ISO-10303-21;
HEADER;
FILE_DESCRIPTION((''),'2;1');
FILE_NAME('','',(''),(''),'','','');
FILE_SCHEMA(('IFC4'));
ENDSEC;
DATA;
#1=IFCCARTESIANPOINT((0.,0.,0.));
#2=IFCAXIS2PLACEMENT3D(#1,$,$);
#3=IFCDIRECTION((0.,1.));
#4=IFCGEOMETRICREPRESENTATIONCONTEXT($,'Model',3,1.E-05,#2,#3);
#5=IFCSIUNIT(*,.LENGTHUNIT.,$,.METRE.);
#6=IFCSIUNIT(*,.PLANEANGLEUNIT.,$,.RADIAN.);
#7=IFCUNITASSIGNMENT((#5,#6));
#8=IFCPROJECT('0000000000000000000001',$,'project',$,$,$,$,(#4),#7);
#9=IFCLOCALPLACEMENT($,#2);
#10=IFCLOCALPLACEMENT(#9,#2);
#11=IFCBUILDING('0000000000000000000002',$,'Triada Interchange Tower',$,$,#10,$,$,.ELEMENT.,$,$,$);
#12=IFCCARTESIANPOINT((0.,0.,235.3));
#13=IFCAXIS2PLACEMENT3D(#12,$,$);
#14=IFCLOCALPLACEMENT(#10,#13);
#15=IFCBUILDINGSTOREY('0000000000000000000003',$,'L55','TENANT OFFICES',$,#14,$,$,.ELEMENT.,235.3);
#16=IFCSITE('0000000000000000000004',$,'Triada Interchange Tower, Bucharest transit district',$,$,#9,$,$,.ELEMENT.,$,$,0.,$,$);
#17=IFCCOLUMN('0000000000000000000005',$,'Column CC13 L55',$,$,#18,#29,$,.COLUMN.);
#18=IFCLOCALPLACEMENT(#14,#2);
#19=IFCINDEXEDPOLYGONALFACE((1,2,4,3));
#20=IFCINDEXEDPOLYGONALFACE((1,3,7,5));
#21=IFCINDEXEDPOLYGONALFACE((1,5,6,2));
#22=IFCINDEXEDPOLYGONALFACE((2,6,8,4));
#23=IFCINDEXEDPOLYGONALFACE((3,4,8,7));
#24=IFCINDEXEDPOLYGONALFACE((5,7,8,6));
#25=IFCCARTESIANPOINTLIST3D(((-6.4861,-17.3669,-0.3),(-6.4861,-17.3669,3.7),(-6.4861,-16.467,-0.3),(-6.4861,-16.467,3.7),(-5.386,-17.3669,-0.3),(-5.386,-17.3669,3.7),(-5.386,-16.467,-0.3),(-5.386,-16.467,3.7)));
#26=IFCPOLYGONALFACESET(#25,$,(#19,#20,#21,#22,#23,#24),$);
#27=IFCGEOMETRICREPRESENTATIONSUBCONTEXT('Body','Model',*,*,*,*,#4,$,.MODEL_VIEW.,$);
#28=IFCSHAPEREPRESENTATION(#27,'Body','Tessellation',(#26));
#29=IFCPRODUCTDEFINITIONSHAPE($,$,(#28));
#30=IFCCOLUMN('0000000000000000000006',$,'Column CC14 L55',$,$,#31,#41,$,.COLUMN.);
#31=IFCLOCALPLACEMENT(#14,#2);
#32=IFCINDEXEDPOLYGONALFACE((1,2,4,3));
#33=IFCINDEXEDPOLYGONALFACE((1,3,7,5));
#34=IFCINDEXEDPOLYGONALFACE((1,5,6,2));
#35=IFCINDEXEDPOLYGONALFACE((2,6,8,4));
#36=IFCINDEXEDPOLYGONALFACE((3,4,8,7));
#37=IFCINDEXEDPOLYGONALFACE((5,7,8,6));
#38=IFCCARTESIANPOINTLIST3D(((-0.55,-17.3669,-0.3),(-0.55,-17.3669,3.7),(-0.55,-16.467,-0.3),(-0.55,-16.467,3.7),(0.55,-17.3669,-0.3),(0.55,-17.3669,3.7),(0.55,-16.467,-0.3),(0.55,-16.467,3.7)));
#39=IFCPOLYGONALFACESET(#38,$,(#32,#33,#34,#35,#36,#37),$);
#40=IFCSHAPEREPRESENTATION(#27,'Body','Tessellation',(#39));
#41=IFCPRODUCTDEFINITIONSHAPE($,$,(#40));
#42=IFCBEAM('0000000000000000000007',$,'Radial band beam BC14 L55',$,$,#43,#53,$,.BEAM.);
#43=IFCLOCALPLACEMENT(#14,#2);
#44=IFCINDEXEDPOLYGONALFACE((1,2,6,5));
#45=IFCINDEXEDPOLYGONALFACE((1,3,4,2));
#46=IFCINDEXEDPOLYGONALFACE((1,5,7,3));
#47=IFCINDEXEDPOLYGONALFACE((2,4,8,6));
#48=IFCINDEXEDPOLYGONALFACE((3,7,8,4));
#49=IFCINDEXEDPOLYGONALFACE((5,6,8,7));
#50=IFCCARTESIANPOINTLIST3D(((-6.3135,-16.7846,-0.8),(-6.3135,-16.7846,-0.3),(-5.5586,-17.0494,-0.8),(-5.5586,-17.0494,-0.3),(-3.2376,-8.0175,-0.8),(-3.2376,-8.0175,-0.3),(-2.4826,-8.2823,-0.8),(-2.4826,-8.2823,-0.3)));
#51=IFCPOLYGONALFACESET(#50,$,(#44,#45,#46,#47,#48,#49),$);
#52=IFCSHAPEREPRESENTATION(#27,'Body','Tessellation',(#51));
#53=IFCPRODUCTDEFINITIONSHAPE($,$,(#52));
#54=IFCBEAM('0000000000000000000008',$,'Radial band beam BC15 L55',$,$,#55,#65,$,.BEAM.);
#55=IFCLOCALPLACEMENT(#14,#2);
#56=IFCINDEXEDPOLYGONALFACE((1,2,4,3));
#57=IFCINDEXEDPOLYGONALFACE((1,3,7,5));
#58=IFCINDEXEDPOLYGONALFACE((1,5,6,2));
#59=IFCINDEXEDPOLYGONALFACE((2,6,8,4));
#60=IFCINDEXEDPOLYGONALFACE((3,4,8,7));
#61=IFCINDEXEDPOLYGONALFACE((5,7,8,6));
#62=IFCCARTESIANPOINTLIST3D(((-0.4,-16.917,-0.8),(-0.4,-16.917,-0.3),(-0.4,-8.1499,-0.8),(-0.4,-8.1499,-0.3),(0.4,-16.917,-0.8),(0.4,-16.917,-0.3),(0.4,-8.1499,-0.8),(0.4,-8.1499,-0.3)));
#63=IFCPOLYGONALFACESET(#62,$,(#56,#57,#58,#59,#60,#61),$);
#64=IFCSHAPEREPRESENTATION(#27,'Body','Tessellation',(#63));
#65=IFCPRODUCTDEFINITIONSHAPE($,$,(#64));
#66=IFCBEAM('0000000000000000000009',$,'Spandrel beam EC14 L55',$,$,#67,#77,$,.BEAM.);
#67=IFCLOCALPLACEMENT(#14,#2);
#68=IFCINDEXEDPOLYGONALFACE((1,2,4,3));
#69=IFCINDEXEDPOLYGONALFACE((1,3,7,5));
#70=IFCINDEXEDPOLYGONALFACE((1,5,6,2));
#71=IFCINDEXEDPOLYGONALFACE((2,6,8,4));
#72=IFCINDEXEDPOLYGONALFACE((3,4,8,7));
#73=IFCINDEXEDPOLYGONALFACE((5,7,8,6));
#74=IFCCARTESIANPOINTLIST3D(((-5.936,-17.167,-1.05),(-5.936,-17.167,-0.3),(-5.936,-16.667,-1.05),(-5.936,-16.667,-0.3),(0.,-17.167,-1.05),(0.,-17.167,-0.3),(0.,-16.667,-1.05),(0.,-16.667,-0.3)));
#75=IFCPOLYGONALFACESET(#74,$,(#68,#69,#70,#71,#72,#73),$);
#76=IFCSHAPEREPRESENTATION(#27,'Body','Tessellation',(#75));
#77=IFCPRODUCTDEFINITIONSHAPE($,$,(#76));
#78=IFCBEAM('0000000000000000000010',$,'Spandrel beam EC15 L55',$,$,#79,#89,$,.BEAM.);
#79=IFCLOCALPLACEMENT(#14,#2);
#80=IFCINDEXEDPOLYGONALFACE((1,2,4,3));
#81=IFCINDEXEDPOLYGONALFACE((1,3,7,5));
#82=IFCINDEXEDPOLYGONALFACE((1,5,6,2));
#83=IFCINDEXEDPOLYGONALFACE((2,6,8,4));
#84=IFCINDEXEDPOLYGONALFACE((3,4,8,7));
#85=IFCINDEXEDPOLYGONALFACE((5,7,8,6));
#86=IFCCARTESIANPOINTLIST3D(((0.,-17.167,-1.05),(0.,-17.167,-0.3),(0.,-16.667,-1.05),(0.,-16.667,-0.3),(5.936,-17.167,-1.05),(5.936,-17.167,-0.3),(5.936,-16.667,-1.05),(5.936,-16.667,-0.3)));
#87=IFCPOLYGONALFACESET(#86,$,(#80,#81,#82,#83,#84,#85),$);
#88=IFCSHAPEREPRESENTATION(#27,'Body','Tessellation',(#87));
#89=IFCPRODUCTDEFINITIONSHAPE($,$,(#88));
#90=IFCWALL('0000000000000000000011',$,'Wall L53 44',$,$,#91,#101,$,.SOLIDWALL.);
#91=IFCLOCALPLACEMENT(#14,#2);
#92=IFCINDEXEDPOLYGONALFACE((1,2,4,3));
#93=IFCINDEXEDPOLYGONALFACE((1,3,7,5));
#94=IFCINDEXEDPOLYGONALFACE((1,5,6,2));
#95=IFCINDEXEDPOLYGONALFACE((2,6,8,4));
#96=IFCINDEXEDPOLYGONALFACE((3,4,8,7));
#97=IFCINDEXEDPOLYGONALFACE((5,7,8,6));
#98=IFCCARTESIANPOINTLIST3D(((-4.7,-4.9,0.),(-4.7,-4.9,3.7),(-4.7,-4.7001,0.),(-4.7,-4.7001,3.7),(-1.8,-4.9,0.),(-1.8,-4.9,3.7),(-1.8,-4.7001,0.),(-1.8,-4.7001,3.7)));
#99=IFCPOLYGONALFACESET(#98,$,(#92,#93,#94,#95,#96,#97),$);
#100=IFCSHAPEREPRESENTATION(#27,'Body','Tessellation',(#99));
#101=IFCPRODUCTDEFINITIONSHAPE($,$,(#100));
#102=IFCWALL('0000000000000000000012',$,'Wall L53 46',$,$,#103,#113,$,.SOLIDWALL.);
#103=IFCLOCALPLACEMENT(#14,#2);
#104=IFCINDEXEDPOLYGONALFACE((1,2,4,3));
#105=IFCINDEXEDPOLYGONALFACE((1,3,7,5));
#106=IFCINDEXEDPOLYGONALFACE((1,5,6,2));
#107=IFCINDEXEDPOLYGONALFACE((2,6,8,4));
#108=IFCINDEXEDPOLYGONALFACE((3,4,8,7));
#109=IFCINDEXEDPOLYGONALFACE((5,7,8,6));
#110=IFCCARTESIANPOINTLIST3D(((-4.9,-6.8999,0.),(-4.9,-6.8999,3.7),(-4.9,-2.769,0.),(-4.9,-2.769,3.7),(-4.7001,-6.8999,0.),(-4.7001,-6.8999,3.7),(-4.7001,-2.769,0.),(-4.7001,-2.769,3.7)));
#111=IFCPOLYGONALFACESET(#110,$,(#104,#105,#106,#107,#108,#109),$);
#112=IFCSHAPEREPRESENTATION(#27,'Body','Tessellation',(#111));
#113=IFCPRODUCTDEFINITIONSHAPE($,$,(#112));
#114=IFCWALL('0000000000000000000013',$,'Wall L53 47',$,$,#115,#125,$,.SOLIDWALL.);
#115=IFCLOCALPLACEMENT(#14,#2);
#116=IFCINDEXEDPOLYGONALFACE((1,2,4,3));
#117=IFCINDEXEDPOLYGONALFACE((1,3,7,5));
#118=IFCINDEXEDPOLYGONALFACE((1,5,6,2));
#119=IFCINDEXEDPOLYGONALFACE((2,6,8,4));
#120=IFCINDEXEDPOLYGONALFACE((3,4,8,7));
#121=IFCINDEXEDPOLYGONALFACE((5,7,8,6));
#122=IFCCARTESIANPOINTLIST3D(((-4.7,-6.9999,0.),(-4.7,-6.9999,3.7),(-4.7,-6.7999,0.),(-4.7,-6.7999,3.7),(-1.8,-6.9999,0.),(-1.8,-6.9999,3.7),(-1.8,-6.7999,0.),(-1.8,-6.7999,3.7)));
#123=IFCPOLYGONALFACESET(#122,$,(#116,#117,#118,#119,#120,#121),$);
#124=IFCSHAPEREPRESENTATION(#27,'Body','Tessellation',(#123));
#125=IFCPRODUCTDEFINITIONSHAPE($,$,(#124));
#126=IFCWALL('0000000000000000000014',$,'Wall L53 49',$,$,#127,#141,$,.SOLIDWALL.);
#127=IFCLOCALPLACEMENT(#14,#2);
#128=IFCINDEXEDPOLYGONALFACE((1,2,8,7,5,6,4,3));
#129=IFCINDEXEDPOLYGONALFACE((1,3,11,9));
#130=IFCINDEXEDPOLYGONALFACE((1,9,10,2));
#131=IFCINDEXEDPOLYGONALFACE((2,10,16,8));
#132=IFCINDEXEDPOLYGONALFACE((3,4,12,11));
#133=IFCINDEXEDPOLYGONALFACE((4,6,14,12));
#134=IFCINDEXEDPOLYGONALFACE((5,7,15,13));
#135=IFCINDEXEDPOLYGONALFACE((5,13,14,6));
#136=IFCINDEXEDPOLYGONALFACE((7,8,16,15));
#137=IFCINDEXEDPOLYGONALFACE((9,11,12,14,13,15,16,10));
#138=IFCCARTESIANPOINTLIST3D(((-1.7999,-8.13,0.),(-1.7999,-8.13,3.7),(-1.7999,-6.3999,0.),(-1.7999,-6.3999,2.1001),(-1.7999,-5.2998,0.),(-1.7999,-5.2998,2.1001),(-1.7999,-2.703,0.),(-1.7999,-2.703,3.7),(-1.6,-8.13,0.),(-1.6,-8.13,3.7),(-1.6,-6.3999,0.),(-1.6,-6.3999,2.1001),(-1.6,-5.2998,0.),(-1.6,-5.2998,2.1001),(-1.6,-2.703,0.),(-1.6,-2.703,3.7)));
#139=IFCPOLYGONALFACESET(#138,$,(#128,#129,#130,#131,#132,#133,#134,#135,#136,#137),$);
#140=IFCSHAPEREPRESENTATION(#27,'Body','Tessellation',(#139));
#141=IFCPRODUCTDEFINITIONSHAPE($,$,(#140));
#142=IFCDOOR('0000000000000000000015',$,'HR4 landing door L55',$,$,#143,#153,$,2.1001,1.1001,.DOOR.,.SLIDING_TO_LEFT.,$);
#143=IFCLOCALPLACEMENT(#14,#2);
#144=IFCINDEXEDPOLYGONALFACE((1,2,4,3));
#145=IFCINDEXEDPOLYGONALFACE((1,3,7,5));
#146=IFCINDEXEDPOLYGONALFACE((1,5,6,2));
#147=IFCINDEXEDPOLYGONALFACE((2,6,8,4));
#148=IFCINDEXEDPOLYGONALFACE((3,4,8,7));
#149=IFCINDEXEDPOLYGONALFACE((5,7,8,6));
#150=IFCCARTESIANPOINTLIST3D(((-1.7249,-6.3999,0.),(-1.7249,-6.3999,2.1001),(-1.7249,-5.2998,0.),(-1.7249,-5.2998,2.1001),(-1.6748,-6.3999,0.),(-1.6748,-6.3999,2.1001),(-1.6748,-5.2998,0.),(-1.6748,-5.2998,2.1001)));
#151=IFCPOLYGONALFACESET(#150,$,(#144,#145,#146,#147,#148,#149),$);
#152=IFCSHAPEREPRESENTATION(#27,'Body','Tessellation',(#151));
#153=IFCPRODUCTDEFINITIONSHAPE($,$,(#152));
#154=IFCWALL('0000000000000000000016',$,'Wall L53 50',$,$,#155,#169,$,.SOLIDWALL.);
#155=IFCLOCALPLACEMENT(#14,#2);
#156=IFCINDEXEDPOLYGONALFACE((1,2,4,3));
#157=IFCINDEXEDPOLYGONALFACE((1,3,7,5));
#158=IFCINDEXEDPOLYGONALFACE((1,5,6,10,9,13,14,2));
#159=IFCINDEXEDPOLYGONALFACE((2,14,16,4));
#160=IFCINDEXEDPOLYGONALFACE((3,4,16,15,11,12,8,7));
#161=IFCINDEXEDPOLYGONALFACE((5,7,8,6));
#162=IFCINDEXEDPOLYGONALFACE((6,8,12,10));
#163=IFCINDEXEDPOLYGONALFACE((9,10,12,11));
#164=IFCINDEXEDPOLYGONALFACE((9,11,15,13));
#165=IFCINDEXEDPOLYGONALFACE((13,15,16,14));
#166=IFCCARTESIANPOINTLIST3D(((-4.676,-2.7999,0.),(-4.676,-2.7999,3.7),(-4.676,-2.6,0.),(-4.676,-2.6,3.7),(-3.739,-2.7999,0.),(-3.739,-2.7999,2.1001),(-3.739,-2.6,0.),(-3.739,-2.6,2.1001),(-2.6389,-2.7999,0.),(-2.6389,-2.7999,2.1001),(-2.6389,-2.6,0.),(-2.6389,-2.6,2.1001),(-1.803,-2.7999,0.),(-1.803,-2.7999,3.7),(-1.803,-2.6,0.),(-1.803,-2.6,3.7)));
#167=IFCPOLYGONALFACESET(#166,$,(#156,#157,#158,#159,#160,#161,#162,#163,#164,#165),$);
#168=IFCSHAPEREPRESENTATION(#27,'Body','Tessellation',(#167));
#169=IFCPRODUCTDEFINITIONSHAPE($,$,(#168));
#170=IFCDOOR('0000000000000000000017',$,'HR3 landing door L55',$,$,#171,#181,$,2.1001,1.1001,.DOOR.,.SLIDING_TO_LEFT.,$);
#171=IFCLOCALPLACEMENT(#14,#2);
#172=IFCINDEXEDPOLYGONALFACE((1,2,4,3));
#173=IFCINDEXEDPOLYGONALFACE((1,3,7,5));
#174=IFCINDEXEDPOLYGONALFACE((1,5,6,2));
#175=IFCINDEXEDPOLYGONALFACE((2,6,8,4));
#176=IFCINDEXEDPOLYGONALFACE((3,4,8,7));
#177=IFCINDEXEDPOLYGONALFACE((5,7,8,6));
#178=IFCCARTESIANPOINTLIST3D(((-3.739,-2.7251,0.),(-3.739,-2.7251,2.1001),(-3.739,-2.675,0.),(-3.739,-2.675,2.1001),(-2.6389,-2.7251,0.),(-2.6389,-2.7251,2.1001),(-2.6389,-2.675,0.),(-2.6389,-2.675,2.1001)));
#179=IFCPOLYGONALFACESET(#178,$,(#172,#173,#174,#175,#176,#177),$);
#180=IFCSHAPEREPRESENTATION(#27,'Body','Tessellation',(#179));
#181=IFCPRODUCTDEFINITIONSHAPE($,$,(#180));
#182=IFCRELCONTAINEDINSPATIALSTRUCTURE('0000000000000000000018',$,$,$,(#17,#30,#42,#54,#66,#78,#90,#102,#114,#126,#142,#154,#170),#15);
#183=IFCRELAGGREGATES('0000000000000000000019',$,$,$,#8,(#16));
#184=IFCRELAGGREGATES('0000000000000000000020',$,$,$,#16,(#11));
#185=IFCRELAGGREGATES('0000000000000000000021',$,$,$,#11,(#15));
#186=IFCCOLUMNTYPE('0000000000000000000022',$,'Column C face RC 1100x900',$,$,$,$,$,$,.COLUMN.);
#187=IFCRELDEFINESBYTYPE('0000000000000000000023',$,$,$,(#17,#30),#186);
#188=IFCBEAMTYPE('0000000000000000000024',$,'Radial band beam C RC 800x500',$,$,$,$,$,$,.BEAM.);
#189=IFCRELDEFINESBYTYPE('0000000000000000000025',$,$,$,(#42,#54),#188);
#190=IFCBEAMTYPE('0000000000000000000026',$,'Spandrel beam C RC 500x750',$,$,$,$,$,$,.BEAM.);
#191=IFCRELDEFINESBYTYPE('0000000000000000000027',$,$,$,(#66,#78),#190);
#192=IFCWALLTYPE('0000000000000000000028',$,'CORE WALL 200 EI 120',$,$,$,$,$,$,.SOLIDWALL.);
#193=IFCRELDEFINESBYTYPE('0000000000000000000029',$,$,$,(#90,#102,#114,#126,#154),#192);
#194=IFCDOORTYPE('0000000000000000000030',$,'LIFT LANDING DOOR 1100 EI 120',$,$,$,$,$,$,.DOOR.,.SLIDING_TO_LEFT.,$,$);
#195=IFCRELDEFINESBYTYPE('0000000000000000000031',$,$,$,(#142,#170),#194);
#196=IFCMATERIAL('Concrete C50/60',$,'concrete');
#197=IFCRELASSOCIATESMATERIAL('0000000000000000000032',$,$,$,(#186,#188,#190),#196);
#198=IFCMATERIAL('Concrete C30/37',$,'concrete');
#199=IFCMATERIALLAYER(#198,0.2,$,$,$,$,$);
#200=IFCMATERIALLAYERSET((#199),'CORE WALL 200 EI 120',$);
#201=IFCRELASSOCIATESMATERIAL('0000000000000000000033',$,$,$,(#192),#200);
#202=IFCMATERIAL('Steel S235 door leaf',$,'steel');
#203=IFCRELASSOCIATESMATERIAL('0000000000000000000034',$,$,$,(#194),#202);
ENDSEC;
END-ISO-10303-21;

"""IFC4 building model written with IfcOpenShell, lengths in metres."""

from ifc_helpers import new_model, si_unit, direction, frame, frame_2d, origin, origin_2d, place, context, subcontext, project, spatial, rectangle, extrude, material, layer, layer_set, material_profile, profile_set, type_object, element, fill, save


model = new_model("IFC4")

# Units and contexts
model_context = context("Model", 3, precision=1e-05, world=origin(), true_north=direction((0.0, 1.0)))
body_context = subcontext(model_context, "Body", "Model", "MODEL_VIEW")
ifc_project = project(units=[si_unit("LENGTHUNIT", "METRE"), si_unit("PLANEANGLEUNIT", "RADIAN")], contexts=[model_context])

# Site, building, storey
site_placement = place(None, origin())
site = spatial("IfcSite", under=ifc_project, at=site_placement, Name="Triada Interchange Tower, Bucharest transit district", CompositionType="ELEMENT", RefElevation=0.0)
building_placement = place(site_placement, origin())
building = spatial("IfcBuilding", under=site, at=building_placement, Name="Triada Interchange Tower", CompositionType="ELEMENT")
storey_placement = place(building_placement, frame((0.0, 0.0, 235.3)))
storey = spatial("IfcBuildingStorey", under=building, at=storey_placement, Name="L55", Description="TENANT OFFICES", CompositionType="ELEMENT", Elevation=235.3)

# Columns
ifc_material_1 = material(Name="Concrete C50/60", Category="concrete")
ifc_material_profile_1 = material_profile(ifc_material_1, rectangle(XDim=1.1001, YDim=0.8999, at=origin_2d()), Name="RC 1100x900")
ifc_profile_set_1 = profile_set([ifc_material_profile_1], Name="Concrete C50/60")
column_type = type_object("IfcColumnType", Name="Column C face RC 1100x900", PredefinedType="COLUMN", material=ifc_profile_set_1)
for number, where, z_axis, x_axis, name in (
    (1, (-5.936, -16.917, -0.3), (0.0, 0.0, 1.0), (1.0, 0.0, 0.0), "Column CC13 L55"),
    (2, (0.0, -16.917, -0.3), (0.0, 0.0, 1.0), (1.0, 0.0, 0.0), "Column CC14 L55"),
):
    element("IfcColumn", number, at=place(storey_placement, frame(where, z_axis=z_axis, x_axis=x_axis)), inside=storey, type_object=column_type, Name=name, PredefinedType="COLUMN", context=body_context, shape_type="SweptSolid", body=[
        extrude(rectangle(XDim=1.1001, YDim=0.8999, at=origin_2d()), origin(), (0.0, 0.0, 1.0), 4.0),
    ])

# Beams
ifc_material_profile_2 = material_profile(ifc_material_1, rectangle(XDim=0.8, YDim=0.5, at=origin_2d()), Name="RC 800x500")
ifc_profile_set_2 = profile_set([ifc_material_profile_2], Name="Concrete C50/60")
beam_type_1 = type_object("IfcBeamType", Name="Radial band beam C RC 800x500", PredefinedType="BEAM", material=ifc_profile_set_2)
beam_1_placement = place(storey_placement, frame((-5.936, -16.917, -0.55), z_axis=(0.331064, 0.943608, 0.0), x_axis=(-0.943608, 0.331064, 0.0)))
element("IfcBeam", 3, at=beam_1_placement, inside=storey, type_object=beam_type_1, Name="Radial band beam BC14 L55", PredefinedType="BEAM", context=body_context, shape_type="SweptSolid", body=[
    extrude(rectangle(XDim=0.8, YDim=0.5, at=origin_2d()), origin(), (0.0, 0.0, 1.0), 9.291),
])
beam_2_placement = place(storey_placement, frame((0.0, -16.917, -0.55), z_axis=(0.0, 1.0, 0.0), x_axis=(-1.0, 0.0, 0.0)))
element("IfcBeam", 4, at=beam_2_placement, inside=storey, type_object=beam_type_1, Name="Radial band beam BC15 L55", PredefinedType="BEAM", context=body_context, shape_type="SweptSolid", body=[
    extrude(rectangle(XDim=0.8, YDim=0.5, at=origin_2d()), origin(), (0.0, 0.0, 1.0), 8.7671),
])
ifc_material_profile_3 = material_profile(ifc_material_1, rectangle(XDim=0.5, YDim=0.75, at=origin_2d()), Name="RC 500x750")
ifc_profile_set_3 = profile_set([ifc_material_profile_3], Name="Concrete C50/60")
beam_type_2 = type_object("IfcBeamType", Name="Spandrel beam C RC 500x750", PredefinedType="BEAM", material=ifc_profile_set_3)
for number, where, z_axis, x_axis, name in (
    (5, (-5.936, -16.917, -0.675), (1.0, 0.0, 0.0), (0.0, 1.0, 0.0), "Spandrel beam EC14 L55"),
    (6, (0.0, -16.917, -0.675), (1.0, 0.0, 0.0), (0.0, 1.0, 0.0), "Spandrel beam EC15 L55"),
):
    element("IfcBeam", number, at=place(storey_placement, frame(where, z_axis=z_axis, x_axis=x_axis)), inside=storey, type_object=beam_type_2, Name=name, PredefinedType="BEAM", context=body_context, shape_type="SweptSolid", body=[
        extrude(rectangle(XDim=0.5, YDim=0.75, at=origin_2d()), origin(), (0.0, 0.0, 1.0), 5.936),
    ])

# Walls
ifc_material_2 = material(Name="Concrete C30/37", Category="concrete")
ifc_layer_1 = layer(ifc_material_2, 0.2)
ifc_layer_set_1 = layer_set([ifc_layer_1], Name="CORE WALL 200 EI 120")
wall_type_1 = type_object("IfcWallType", Name="CORE WALL 200 EI 120", PredefinedType="SOLIDWALL", material=ifc_layer_set_1)
wall_1_placement = place(storey_placement, frame((-4.7, -4.8, 0.0), z_axis=(0.0, 0.0, 1.0), x_axis=(1.0, 0.0, 0.0)))
element("IfcWall", 7, at=wall_1_placement, inside=storey, type_object=wall_type_1, Name="Wall L53 44", PredefinedType="SOLIDWALL", context=body_context, shape_type="SweptSolid", body=[
    extrude(rectangle(XDim=2.8999, YDim=0.2, at=frame_2d((1.45, 0.0))), origin(), (0.0, 0.0, 1.0), 3.7),
])
wall_2_placement = place(storey_placement, frame((-4.8, -6.8999, 0.0), z_axis=(0.0, 0.0, 1.0), x_axis=(0.0, 1.0, 0.0)))
element("IfcWall", 8, at=wall_2_placement, inside=storey, type_object=wall_type_1, Name="Wall L53 46", PredefinedType="SOLIDWALL", context=body_context, shape_type="SweptSolid", body=[
    extrude(rectangle(XDim=4.1309, YDim=0.2, at=frame_2d((2.0654, 0.0))), origin(), (0.0, 0.0, 1.0), 3.7),
])
wall_3_placement = place(storey_placement, frame((-4.7, -6.8999, 0.0), z_axis=(0.0, 0.0, 1.0), x_axis=(1.0, 0.0, 0.0)))
element("IfcWall", 9, at=wall_3_placement, inside=storey, type_object=wall_type_1, Name="Wall L53 47", PredefinedType="SOLIDWALL", context=body_context, shape_type="SweptSolid", body=[
    extrude(rectangle(XDim=2.8999, YDim=0.2, at=frame_2d((1.45, 0.0))), origin(), (0.0, 0.0, 1.0), 3.7),
])

# Walls, openings, doors
wall_4_placement = place(storey_placement, frame((-1.7, -8.1299, 0.0), z_axis=(0.0, 0.0, 1.0), x_axis=(0.0, 1.0, 0.0)))
wall_4 = element("IfcWall", 10, at=wall_4_placement, inside=storey, type_object=wall_type_1, Name="Wall L53 49", PredefinedType="SOLIDWALL", context=body_context, shape_type="SweptSolid", body=[
    extrude(rectangle(XDim=5.427, YDim=0.2, at=frame_2d((2.7134, 0.0))), origin(), (0.0, 0.0, 1.0), 3.7),
])
opening_1_placement = place(wall_4_placement, frame((1.73, 0.0, 0.0)))
opening_1 = element("IfcOpeningElement", 11, at=opening_1_placement, cuts=wall_4, PredefinedType="OPENING", context=body_context, shape_type="SweptSolid", body=[
    extrude(rectangle(XDim=1.1001, YDim=2.1001, at=frame_2d((0.55, 1.05))), frame((0.0, 0.1099, 0.0), z_axis=(0.0, -1.0, 0.0), x_axis=(1.0, 0.0, 0.0)), (0.0, 0.0, 1.0), 0.22),
])
ifc_material_3 = material(Name="Steel S235 door leaf", Category="steel")
door_type = type_object("IfcDoorType", Name="LIFT LANDING DOOR 1100 EI 120", OperationType="SLIDING_TO_LEFT", PredefinedType="DOOR", material=ifc_material_3)
door_1_placement = place(opening_1_placement, origin())
door_1 = element("IfcDoor", 12, at=door_1_placement, inside=storey, type_object=door_type, Name="HR4 landing door L55", OperationType="SLIDING_TO_LEFT", OverallHeight=2.1001, OverallWidth=1.1001, PredefinedType="DOOR", context=body_context, shape_type="SweptSolid", body=[
    extrude(rectangle(XDim=1.1001, YDim=2.1001, at=frame_2d((0.55, 1.05))), frame((0.0, 0.0249, 0.0), z_axis=(0.0, -1.0, 0.0), x_axis=(1.0, 0.0, 0.0)), (0.0, 0.0, 1.0), 0.05),
])
fill(opening_1, door_1)
wall_5_placement = place(storey_placement, frame((-4.676, -2.7, 0.0), z_axis=(0.0, 0.0, 1.0), x_axis=(1.0, 0.0, 0.0)))
wall_5 = element("IfcWall", 13, at=wall_5_placement, inside=storey, type_object=wall_type_1, Name="Wall L53 50", PredefinedType="SOLIDWALL", context=body_context, shape_type="SweptSolid", body=[
    extrude(rectangle(XDim=2.873, YDim=0.2, at=frame_2d((1.4365, 0.0))), origin(), (0.0, 0.0, 1.0), 3.7),
])
opening_2_placement = place(wall_5_placement, frame((0.937, 0.0, 0.0)))
opening_2 = element("IfcOpeningElement", 14, at=opening_2_placement, cuts=wall_5, PredefinedType="OPENING", context=body_context, shape_type="SweptSolid", body=[
    extrude(rectangle(XDim=1.1001, YDim=2.1001, at=frame_2d((0.55, 1.05))), frame((0.0, 0.1099, 0.0), z_axis=(0.0, -1.0, 0.0), x_axis=(1.0, 0.0, 0.0)), (0.0, 0.0, 1.0), 0.22),
])
door_2_placement = place(opening_2_placement, origin())
door_2 = element("IfcDoor", 15, at=door_2_placement, inside=storey, type_object=door_type, Name="HR3 landing door L55", OperationType="SLIDING_TO_LEFT", OverallHeight=2.1001, OverallWidth=1.1001, PredefinedType="DOOR", context=body_context, shape_type="SweptSolid", body=[
    extrude(rectangle(XDim=1.1001, YDim=2.1001, at=frame_2d((0.55, 1.05))), frame((0.0, 0.0249, 0.0), z_axis=(0.0, -1.0, 0.0), x_axis=(1.0, 0.0, 0.0)), (0.0, 0.0, 1.0), 0.05),
])
fill(opening_2, door_2)

save(model, "model.ifc")
